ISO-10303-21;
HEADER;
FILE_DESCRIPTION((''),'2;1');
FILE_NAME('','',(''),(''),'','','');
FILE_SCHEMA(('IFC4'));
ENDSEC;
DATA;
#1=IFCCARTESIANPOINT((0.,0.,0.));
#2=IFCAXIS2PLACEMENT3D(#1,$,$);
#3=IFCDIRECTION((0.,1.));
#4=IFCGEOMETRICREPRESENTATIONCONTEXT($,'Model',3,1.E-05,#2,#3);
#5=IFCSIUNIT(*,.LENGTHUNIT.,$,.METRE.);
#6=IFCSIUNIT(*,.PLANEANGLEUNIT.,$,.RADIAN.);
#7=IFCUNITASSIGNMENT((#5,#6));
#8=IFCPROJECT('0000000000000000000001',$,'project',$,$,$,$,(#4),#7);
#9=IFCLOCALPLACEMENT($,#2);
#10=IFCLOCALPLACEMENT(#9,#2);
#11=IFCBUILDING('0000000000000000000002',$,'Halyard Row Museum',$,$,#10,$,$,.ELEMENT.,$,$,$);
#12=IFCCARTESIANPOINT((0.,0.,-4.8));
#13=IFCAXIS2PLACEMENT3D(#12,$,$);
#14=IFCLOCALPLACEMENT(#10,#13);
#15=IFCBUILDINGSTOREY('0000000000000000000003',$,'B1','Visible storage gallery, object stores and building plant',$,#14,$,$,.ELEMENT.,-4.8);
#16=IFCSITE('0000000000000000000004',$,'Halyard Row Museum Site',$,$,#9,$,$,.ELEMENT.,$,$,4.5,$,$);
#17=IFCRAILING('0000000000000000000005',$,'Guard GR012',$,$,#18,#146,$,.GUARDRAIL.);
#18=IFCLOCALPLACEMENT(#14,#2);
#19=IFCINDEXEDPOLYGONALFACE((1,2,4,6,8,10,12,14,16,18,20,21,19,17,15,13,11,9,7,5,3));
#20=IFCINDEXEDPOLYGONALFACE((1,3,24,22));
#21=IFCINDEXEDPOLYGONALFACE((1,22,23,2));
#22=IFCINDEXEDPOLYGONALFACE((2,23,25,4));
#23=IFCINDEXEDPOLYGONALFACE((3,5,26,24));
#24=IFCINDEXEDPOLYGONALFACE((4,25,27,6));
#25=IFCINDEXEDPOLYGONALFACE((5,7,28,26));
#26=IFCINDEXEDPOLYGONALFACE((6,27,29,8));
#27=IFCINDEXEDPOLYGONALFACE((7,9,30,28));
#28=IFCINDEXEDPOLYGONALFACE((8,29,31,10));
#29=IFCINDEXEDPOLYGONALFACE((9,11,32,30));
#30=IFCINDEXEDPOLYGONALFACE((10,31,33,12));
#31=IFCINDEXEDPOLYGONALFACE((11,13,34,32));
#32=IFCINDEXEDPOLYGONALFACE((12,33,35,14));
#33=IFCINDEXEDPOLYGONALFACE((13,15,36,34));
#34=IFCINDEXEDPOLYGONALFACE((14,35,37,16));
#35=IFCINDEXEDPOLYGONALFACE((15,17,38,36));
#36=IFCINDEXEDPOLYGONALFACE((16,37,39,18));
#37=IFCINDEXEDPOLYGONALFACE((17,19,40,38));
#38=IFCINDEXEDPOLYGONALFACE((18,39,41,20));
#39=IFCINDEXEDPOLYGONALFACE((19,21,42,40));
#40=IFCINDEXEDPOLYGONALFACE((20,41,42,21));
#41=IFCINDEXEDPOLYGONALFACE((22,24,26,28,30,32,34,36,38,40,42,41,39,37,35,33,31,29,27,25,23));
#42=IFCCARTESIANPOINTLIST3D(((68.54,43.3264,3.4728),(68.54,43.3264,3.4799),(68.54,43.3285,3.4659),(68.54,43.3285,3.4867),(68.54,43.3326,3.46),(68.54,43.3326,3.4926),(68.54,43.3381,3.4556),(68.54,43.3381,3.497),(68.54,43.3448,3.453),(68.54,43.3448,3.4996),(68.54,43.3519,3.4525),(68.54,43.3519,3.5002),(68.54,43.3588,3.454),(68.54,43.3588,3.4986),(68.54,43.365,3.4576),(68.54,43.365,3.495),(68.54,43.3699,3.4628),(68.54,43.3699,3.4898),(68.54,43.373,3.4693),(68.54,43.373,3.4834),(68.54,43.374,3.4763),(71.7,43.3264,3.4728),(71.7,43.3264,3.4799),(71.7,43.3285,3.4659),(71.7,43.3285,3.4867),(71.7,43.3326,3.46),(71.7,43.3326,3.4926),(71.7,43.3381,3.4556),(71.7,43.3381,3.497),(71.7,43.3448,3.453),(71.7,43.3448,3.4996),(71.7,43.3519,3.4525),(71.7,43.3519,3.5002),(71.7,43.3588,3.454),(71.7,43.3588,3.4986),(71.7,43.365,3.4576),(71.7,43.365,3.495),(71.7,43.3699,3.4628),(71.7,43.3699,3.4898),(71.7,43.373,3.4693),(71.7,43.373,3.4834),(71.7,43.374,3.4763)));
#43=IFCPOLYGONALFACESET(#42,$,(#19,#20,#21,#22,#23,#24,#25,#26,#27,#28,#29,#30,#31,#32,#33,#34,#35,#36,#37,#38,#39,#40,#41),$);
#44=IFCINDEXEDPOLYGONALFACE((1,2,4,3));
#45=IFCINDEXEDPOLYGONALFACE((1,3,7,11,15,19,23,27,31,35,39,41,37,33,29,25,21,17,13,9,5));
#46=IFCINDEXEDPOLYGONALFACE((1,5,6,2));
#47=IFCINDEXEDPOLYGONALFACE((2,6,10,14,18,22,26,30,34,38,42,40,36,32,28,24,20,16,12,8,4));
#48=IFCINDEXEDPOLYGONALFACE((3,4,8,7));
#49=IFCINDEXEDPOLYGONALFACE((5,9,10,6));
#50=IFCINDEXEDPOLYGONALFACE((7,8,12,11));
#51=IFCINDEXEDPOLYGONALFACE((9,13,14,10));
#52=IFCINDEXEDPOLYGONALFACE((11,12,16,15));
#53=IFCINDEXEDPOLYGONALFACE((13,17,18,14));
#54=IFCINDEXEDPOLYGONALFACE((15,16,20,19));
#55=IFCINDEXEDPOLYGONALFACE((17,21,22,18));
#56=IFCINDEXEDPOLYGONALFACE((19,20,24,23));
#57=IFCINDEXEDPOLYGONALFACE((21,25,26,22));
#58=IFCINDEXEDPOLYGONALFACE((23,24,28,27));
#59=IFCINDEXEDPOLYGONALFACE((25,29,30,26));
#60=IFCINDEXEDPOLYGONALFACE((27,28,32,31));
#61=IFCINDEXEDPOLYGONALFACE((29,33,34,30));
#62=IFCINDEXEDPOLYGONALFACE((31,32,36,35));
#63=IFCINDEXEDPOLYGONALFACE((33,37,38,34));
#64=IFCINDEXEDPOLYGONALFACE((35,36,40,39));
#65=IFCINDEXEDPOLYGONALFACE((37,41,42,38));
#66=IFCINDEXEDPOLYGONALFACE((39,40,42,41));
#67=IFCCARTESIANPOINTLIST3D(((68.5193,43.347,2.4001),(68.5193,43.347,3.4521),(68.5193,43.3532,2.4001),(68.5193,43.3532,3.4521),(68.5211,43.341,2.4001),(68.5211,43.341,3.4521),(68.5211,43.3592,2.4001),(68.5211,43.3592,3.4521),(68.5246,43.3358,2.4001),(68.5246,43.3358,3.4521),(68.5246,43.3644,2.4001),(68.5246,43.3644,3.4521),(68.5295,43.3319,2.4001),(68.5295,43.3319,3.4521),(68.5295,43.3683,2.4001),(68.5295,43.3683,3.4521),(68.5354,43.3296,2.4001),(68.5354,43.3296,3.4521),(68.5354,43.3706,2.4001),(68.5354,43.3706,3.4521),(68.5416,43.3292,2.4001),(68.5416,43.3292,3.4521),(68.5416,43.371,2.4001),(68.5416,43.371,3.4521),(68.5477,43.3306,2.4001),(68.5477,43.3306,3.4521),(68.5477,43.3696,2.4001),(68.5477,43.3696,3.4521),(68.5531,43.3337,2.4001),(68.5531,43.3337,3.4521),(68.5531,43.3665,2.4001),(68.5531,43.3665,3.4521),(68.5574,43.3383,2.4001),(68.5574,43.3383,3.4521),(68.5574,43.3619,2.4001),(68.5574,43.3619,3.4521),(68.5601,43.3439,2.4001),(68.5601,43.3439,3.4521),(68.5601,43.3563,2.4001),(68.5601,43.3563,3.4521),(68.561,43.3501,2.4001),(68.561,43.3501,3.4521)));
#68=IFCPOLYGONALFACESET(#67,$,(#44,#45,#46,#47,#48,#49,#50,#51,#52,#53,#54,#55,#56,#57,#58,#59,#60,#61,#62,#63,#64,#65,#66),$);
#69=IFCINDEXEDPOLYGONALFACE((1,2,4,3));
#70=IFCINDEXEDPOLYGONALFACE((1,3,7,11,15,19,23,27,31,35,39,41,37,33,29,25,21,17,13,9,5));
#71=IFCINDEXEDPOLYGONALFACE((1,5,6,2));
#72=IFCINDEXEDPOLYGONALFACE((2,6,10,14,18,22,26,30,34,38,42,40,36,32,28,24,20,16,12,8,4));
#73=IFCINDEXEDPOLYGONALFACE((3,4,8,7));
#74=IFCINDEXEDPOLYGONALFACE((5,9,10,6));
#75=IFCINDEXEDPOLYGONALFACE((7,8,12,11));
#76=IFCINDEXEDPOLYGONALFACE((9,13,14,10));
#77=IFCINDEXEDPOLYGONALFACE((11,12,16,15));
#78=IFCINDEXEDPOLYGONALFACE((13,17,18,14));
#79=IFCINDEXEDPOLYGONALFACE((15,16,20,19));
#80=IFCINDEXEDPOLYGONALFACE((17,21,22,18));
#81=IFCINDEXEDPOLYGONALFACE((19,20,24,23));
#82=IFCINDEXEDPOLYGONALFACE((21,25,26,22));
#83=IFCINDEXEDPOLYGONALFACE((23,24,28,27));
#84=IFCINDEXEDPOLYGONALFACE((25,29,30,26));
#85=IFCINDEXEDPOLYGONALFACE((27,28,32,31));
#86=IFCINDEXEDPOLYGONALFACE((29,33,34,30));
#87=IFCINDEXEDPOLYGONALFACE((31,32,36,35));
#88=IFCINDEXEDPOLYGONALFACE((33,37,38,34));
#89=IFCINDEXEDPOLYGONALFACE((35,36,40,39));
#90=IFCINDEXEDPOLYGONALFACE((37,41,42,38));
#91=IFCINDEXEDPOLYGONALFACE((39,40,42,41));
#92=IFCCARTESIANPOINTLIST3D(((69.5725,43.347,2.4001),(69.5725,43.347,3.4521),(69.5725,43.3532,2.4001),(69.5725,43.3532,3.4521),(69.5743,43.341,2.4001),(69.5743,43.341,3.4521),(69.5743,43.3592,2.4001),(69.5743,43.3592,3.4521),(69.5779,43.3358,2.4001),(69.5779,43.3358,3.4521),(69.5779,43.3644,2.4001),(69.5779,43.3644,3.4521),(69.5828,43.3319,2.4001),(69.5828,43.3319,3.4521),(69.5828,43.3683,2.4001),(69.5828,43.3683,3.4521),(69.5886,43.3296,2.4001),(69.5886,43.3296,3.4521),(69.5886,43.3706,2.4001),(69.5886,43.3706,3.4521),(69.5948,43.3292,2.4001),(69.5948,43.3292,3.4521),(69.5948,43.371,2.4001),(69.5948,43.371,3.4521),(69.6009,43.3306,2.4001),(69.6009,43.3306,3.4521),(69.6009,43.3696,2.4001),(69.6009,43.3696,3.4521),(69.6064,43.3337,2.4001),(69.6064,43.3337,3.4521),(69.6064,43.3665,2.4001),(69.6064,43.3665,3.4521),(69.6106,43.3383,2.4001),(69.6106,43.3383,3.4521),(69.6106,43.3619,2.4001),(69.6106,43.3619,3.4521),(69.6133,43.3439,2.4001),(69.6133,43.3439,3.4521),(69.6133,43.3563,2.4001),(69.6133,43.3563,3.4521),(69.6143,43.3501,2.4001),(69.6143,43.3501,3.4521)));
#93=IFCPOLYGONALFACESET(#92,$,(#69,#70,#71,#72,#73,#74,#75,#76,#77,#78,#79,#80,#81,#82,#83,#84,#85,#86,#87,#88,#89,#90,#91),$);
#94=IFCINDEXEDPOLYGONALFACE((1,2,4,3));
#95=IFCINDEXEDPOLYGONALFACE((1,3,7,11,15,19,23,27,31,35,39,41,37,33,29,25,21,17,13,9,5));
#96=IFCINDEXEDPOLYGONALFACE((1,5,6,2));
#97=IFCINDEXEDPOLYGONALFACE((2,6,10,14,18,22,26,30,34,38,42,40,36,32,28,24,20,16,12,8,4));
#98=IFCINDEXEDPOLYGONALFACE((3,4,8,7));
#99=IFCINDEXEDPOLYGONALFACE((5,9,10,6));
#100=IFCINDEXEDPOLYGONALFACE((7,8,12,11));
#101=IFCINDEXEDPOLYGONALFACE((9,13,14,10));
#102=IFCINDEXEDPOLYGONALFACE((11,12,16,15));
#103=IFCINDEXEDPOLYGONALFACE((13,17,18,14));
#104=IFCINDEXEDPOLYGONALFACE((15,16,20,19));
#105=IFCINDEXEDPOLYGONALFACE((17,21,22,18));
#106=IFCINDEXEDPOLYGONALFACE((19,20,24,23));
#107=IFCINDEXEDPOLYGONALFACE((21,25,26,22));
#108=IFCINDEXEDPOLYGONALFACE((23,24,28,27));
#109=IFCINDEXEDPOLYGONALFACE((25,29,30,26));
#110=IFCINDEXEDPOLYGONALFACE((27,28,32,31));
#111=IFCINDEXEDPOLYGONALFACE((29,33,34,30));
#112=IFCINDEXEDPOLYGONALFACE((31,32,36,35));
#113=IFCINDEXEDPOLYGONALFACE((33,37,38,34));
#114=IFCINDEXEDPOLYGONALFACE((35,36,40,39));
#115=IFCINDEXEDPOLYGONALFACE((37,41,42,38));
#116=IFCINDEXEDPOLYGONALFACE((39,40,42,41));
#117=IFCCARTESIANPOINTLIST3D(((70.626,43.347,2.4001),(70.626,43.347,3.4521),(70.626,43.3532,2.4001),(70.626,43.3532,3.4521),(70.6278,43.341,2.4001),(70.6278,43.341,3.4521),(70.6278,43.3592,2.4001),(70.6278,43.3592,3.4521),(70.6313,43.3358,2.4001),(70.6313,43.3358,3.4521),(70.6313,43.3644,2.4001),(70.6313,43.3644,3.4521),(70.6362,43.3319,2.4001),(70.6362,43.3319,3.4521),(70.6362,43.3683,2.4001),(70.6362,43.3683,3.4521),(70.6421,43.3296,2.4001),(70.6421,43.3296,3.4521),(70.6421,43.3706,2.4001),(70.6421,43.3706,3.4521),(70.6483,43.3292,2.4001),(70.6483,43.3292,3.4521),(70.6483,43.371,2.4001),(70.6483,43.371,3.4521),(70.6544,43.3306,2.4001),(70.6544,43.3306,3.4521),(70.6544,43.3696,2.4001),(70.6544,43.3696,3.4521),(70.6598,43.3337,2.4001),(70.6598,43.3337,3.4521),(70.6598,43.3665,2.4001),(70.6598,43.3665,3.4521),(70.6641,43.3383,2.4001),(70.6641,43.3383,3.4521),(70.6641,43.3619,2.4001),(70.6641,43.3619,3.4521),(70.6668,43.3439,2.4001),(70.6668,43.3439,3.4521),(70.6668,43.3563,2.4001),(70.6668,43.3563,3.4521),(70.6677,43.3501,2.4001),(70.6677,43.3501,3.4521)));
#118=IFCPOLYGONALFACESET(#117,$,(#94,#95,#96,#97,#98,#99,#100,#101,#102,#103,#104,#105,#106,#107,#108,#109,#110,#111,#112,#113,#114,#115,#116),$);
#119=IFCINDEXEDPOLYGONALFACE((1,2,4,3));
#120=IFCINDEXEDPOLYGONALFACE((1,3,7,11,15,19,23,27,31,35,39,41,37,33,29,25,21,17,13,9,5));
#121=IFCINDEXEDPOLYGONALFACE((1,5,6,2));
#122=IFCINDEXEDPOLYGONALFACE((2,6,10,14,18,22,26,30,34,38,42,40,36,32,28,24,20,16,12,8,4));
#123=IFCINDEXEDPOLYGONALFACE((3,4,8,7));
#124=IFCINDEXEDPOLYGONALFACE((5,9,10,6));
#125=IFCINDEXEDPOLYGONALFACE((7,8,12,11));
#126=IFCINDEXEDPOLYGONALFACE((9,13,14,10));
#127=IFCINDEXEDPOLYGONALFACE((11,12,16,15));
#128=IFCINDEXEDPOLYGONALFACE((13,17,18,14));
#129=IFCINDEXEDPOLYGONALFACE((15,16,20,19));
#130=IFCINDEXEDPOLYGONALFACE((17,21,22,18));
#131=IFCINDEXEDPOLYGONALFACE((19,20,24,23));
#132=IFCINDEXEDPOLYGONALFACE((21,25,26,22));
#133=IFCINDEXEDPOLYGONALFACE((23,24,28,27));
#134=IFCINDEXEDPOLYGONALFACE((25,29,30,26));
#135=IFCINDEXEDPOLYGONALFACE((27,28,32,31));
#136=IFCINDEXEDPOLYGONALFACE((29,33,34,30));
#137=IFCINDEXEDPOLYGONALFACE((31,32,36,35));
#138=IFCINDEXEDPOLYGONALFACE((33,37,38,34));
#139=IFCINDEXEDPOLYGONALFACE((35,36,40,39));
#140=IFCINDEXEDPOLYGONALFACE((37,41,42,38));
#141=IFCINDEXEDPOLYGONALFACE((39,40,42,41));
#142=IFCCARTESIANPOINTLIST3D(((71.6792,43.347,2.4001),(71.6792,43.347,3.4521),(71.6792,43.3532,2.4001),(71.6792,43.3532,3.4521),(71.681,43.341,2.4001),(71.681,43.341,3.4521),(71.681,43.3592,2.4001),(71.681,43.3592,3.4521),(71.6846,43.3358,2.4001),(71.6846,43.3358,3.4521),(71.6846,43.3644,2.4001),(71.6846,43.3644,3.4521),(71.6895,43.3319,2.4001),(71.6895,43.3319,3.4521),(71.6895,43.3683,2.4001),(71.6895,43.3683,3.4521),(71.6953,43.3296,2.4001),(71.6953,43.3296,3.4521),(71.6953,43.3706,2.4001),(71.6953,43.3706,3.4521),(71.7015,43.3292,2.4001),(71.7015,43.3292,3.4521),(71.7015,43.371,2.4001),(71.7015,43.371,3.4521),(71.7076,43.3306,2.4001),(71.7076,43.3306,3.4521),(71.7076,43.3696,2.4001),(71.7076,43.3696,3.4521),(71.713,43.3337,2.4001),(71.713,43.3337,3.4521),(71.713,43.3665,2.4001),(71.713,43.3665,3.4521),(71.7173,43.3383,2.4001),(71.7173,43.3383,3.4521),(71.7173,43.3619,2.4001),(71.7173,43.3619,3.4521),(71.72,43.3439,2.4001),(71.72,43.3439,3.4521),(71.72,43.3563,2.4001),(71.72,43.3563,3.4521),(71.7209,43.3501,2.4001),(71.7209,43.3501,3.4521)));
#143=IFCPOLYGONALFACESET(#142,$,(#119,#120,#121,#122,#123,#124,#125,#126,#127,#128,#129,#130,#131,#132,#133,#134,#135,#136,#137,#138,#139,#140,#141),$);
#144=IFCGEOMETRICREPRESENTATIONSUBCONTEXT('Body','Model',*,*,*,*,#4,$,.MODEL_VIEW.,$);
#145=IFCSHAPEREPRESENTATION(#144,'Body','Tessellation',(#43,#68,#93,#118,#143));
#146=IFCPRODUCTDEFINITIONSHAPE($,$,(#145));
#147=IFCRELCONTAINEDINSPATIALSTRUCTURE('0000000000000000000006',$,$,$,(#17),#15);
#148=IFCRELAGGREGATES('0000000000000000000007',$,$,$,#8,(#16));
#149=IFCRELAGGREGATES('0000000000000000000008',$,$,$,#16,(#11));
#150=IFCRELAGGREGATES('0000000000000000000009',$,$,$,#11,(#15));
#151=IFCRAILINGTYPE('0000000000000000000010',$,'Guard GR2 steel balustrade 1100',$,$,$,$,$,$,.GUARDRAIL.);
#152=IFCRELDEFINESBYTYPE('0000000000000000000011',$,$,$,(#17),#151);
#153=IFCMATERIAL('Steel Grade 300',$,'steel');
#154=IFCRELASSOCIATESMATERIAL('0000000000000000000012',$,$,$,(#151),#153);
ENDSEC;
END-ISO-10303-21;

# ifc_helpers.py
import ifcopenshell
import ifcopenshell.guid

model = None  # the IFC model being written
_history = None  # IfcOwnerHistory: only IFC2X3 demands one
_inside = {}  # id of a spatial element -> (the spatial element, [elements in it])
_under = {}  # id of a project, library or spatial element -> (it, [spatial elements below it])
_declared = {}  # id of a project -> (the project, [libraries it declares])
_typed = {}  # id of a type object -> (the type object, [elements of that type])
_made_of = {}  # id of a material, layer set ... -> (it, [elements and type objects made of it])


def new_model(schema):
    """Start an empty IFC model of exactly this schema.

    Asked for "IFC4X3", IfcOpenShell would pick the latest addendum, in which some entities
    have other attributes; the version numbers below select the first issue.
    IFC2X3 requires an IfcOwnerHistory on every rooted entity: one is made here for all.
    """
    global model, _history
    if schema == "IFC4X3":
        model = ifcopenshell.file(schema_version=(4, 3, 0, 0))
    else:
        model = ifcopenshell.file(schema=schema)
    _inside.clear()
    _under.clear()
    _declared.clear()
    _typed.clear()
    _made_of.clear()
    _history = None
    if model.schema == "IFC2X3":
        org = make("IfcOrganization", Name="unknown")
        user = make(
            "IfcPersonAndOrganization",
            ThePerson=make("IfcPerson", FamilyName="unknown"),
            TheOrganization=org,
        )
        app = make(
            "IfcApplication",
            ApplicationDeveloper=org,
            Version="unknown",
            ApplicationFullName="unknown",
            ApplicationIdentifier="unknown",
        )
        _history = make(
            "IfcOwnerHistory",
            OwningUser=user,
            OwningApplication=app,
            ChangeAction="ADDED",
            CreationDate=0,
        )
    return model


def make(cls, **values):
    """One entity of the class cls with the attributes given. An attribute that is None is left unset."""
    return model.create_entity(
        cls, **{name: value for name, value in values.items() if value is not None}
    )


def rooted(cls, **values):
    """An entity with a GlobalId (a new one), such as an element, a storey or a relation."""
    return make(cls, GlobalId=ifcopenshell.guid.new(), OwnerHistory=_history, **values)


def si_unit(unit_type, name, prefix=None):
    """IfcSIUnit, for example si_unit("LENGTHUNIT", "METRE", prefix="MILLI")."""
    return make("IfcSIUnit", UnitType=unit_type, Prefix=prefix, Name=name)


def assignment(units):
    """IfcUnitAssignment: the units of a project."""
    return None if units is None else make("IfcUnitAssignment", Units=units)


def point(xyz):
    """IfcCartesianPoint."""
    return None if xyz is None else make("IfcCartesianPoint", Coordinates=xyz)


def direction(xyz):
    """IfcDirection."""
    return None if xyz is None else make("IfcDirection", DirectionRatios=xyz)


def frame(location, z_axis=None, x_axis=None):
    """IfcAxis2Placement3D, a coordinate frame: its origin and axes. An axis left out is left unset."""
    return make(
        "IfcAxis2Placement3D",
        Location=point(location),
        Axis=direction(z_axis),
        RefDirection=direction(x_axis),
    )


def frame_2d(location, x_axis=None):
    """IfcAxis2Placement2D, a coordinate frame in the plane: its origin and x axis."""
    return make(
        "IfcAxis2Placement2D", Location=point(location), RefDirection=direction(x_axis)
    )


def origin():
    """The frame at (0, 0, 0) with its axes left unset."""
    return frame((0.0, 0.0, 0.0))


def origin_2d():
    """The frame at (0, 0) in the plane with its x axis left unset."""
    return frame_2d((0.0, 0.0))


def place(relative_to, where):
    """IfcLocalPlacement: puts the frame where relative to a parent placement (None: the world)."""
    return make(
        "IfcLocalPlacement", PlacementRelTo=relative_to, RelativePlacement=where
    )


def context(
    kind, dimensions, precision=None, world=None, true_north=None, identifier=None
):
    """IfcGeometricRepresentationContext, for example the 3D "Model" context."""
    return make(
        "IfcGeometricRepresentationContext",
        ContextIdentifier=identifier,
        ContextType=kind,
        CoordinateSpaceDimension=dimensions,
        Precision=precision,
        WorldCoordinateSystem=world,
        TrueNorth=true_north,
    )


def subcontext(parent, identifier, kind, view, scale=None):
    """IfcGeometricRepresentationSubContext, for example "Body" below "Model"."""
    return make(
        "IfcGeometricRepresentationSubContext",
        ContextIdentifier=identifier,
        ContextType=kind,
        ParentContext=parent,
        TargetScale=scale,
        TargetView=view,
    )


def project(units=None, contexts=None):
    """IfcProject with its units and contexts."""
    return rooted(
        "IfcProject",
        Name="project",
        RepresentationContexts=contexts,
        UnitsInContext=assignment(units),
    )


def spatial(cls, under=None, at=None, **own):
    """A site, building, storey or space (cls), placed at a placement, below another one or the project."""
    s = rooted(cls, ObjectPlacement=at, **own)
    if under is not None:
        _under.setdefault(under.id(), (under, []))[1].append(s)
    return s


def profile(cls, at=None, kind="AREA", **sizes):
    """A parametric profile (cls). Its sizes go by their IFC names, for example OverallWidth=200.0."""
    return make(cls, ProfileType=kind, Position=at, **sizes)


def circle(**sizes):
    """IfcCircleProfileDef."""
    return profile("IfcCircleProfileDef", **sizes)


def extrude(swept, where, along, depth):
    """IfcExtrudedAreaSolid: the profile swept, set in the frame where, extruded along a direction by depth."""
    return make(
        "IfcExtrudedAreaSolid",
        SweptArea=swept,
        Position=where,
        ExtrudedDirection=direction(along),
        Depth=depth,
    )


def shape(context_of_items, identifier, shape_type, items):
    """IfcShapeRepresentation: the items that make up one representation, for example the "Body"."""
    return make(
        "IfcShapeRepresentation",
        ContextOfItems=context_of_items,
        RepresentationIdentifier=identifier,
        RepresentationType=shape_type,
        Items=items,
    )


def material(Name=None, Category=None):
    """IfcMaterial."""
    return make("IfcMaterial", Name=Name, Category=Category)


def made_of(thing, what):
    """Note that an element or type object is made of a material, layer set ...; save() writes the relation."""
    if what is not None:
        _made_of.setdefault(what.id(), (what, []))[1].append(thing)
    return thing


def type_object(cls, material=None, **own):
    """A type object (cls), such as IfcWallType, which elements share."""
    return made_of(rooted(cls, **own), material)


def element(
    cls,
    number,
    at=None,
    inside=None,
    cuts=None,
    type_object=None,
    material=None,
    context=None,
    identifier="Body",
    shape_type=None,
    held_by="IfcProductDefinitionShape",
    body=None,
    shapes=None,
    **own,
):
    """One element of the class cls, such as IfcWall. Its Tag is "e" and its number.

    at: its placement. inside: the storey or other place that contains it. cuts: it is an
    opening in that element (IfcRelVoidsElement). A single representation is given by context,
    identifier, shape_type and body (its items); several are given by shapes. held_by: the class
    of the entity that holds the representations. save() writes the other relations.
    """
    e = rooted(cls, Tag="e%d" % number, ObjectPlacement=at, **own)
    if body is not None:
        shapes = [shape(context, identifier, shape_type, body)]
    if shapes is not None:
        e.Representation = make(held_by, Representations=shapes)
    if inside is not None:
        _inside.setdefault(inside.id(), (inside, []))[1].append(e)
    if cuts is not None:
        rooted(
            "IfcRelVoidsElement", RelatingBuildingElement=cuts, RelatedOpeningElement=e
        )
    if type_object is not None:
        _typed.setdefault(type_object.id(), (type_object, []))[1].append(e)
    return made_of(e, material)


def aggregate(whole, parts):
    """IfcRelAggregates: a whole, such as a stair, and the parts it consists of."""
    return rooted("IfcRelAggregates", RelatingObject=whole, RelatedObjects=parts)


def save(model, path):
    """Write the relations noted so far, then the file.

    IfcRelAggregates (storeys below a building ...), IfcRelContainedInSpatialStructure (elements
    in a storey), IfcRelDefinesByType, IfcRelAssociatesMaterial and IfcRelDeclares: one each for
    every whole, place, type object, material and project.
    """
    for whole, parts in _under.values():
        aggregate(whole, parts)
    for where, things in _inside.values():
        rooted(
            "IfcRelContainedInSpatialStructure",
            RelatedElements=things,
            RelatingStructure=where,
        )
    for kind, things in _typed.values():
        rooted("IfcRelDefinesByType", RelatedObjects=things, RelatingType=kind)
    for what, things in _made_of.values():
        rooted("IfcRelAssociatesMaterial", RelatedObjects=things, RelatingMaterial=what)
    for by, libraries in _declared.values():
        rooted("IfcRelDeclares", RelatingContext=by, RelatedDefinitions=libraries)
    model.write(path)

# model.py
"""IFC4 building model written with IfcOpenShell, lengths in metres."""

from ifc_helpers import new_model, si_unit, direction, frame, origin, origin_2d, place, context, subcontext, project, spatial, circle, extrude, material, type_object, element, save


model = new_model("IFC4")

# Units and contexts
model_context = context("Model", 3, precision=1e-05, world=origin(), true_north=direction((0.0, 1.0)))
body_context = subcontext(model_context, "Body", "Model", "MODEL_VIEW")
ifc_project = project(units=[si_unit("LENGTHUNIT", "METRE"), si_unit("PLANEANGLEUNIT", "RADIAN")], contexts=[model_context])

# Site, building, storey
site_placement = place(None, origin())
site = spatial("IfcSite", under=ifc_project, at=site_placement, Name="Halyard Row Museum Site", CompositionType="ELEMENT", RefElevation=4.5)
building_placement = place(site_placement, origin())
building = spatial("IfcBuilding", under=site, at=building_placement, Name="Halyard Row Museum", CompositionType="ELEMENT")
storey_placement = place(building_placement, frame((0.0, 0.0, -4.8)))
storey = spatial("IfcBuildingStorey", under=building, at=storey_placement, Name="B1", Description="Visible storage gallery, object stores and building plant", CompositionType="ELEMENT", Elevation=-4.8)

# Railing
ifc_material_1 = material(Name="Steel Grade 300", Category="steel")
railing_type_1 = type_object("IfcRailingType", Name="Guard GR2 steel balustrade 1100", PredefinedType="GUARDRAIL", material=ifc_material_1)
railing_1_placement = place(storey_placement, frame((68.54, 43.3501, 2.4001)))
element("IfcRailing", 1, at=railing_1_placement, inside=storey, type_object=railing_type_1, Name="Guard GR012", PredefinedType="GUARDRAIL", context=body_context, shape_type="SweptSolid", body=[
    extrude(circle(Radius=0.0239, at=origin_2d()), frame((0.0, 0.0, 1.0762), z_axis=(1.0, 0.0, 0.0), x_axis=(0.0, 1.0, 0.0)), (0.0, 0.0, 1.0), 3.1599),
    extrude(circle(Radius=0.021, at=origin_2d()), origin(), (0.0, 0.0, 1.0), 1.052),
    extrude(circle(Radius=0.021, at=origin_2d()), frame((1.0532, 0.0, 0.0)), (0.0, 0.0, 1.0), 1.052),
    extrude(circle(Radius=0.021, at=origin_2d()), frame((2.1067, 0.0, 0.0)), (0.0, 0.0, 1.0), 1.052),
    extrude(circle(Radius=0.021, at=origin_2d()), frame((3.1599, 0.0, 0.0)), (0.0, 0.0, 1.0), 1.052),
])

save(model, "model.ifc")
